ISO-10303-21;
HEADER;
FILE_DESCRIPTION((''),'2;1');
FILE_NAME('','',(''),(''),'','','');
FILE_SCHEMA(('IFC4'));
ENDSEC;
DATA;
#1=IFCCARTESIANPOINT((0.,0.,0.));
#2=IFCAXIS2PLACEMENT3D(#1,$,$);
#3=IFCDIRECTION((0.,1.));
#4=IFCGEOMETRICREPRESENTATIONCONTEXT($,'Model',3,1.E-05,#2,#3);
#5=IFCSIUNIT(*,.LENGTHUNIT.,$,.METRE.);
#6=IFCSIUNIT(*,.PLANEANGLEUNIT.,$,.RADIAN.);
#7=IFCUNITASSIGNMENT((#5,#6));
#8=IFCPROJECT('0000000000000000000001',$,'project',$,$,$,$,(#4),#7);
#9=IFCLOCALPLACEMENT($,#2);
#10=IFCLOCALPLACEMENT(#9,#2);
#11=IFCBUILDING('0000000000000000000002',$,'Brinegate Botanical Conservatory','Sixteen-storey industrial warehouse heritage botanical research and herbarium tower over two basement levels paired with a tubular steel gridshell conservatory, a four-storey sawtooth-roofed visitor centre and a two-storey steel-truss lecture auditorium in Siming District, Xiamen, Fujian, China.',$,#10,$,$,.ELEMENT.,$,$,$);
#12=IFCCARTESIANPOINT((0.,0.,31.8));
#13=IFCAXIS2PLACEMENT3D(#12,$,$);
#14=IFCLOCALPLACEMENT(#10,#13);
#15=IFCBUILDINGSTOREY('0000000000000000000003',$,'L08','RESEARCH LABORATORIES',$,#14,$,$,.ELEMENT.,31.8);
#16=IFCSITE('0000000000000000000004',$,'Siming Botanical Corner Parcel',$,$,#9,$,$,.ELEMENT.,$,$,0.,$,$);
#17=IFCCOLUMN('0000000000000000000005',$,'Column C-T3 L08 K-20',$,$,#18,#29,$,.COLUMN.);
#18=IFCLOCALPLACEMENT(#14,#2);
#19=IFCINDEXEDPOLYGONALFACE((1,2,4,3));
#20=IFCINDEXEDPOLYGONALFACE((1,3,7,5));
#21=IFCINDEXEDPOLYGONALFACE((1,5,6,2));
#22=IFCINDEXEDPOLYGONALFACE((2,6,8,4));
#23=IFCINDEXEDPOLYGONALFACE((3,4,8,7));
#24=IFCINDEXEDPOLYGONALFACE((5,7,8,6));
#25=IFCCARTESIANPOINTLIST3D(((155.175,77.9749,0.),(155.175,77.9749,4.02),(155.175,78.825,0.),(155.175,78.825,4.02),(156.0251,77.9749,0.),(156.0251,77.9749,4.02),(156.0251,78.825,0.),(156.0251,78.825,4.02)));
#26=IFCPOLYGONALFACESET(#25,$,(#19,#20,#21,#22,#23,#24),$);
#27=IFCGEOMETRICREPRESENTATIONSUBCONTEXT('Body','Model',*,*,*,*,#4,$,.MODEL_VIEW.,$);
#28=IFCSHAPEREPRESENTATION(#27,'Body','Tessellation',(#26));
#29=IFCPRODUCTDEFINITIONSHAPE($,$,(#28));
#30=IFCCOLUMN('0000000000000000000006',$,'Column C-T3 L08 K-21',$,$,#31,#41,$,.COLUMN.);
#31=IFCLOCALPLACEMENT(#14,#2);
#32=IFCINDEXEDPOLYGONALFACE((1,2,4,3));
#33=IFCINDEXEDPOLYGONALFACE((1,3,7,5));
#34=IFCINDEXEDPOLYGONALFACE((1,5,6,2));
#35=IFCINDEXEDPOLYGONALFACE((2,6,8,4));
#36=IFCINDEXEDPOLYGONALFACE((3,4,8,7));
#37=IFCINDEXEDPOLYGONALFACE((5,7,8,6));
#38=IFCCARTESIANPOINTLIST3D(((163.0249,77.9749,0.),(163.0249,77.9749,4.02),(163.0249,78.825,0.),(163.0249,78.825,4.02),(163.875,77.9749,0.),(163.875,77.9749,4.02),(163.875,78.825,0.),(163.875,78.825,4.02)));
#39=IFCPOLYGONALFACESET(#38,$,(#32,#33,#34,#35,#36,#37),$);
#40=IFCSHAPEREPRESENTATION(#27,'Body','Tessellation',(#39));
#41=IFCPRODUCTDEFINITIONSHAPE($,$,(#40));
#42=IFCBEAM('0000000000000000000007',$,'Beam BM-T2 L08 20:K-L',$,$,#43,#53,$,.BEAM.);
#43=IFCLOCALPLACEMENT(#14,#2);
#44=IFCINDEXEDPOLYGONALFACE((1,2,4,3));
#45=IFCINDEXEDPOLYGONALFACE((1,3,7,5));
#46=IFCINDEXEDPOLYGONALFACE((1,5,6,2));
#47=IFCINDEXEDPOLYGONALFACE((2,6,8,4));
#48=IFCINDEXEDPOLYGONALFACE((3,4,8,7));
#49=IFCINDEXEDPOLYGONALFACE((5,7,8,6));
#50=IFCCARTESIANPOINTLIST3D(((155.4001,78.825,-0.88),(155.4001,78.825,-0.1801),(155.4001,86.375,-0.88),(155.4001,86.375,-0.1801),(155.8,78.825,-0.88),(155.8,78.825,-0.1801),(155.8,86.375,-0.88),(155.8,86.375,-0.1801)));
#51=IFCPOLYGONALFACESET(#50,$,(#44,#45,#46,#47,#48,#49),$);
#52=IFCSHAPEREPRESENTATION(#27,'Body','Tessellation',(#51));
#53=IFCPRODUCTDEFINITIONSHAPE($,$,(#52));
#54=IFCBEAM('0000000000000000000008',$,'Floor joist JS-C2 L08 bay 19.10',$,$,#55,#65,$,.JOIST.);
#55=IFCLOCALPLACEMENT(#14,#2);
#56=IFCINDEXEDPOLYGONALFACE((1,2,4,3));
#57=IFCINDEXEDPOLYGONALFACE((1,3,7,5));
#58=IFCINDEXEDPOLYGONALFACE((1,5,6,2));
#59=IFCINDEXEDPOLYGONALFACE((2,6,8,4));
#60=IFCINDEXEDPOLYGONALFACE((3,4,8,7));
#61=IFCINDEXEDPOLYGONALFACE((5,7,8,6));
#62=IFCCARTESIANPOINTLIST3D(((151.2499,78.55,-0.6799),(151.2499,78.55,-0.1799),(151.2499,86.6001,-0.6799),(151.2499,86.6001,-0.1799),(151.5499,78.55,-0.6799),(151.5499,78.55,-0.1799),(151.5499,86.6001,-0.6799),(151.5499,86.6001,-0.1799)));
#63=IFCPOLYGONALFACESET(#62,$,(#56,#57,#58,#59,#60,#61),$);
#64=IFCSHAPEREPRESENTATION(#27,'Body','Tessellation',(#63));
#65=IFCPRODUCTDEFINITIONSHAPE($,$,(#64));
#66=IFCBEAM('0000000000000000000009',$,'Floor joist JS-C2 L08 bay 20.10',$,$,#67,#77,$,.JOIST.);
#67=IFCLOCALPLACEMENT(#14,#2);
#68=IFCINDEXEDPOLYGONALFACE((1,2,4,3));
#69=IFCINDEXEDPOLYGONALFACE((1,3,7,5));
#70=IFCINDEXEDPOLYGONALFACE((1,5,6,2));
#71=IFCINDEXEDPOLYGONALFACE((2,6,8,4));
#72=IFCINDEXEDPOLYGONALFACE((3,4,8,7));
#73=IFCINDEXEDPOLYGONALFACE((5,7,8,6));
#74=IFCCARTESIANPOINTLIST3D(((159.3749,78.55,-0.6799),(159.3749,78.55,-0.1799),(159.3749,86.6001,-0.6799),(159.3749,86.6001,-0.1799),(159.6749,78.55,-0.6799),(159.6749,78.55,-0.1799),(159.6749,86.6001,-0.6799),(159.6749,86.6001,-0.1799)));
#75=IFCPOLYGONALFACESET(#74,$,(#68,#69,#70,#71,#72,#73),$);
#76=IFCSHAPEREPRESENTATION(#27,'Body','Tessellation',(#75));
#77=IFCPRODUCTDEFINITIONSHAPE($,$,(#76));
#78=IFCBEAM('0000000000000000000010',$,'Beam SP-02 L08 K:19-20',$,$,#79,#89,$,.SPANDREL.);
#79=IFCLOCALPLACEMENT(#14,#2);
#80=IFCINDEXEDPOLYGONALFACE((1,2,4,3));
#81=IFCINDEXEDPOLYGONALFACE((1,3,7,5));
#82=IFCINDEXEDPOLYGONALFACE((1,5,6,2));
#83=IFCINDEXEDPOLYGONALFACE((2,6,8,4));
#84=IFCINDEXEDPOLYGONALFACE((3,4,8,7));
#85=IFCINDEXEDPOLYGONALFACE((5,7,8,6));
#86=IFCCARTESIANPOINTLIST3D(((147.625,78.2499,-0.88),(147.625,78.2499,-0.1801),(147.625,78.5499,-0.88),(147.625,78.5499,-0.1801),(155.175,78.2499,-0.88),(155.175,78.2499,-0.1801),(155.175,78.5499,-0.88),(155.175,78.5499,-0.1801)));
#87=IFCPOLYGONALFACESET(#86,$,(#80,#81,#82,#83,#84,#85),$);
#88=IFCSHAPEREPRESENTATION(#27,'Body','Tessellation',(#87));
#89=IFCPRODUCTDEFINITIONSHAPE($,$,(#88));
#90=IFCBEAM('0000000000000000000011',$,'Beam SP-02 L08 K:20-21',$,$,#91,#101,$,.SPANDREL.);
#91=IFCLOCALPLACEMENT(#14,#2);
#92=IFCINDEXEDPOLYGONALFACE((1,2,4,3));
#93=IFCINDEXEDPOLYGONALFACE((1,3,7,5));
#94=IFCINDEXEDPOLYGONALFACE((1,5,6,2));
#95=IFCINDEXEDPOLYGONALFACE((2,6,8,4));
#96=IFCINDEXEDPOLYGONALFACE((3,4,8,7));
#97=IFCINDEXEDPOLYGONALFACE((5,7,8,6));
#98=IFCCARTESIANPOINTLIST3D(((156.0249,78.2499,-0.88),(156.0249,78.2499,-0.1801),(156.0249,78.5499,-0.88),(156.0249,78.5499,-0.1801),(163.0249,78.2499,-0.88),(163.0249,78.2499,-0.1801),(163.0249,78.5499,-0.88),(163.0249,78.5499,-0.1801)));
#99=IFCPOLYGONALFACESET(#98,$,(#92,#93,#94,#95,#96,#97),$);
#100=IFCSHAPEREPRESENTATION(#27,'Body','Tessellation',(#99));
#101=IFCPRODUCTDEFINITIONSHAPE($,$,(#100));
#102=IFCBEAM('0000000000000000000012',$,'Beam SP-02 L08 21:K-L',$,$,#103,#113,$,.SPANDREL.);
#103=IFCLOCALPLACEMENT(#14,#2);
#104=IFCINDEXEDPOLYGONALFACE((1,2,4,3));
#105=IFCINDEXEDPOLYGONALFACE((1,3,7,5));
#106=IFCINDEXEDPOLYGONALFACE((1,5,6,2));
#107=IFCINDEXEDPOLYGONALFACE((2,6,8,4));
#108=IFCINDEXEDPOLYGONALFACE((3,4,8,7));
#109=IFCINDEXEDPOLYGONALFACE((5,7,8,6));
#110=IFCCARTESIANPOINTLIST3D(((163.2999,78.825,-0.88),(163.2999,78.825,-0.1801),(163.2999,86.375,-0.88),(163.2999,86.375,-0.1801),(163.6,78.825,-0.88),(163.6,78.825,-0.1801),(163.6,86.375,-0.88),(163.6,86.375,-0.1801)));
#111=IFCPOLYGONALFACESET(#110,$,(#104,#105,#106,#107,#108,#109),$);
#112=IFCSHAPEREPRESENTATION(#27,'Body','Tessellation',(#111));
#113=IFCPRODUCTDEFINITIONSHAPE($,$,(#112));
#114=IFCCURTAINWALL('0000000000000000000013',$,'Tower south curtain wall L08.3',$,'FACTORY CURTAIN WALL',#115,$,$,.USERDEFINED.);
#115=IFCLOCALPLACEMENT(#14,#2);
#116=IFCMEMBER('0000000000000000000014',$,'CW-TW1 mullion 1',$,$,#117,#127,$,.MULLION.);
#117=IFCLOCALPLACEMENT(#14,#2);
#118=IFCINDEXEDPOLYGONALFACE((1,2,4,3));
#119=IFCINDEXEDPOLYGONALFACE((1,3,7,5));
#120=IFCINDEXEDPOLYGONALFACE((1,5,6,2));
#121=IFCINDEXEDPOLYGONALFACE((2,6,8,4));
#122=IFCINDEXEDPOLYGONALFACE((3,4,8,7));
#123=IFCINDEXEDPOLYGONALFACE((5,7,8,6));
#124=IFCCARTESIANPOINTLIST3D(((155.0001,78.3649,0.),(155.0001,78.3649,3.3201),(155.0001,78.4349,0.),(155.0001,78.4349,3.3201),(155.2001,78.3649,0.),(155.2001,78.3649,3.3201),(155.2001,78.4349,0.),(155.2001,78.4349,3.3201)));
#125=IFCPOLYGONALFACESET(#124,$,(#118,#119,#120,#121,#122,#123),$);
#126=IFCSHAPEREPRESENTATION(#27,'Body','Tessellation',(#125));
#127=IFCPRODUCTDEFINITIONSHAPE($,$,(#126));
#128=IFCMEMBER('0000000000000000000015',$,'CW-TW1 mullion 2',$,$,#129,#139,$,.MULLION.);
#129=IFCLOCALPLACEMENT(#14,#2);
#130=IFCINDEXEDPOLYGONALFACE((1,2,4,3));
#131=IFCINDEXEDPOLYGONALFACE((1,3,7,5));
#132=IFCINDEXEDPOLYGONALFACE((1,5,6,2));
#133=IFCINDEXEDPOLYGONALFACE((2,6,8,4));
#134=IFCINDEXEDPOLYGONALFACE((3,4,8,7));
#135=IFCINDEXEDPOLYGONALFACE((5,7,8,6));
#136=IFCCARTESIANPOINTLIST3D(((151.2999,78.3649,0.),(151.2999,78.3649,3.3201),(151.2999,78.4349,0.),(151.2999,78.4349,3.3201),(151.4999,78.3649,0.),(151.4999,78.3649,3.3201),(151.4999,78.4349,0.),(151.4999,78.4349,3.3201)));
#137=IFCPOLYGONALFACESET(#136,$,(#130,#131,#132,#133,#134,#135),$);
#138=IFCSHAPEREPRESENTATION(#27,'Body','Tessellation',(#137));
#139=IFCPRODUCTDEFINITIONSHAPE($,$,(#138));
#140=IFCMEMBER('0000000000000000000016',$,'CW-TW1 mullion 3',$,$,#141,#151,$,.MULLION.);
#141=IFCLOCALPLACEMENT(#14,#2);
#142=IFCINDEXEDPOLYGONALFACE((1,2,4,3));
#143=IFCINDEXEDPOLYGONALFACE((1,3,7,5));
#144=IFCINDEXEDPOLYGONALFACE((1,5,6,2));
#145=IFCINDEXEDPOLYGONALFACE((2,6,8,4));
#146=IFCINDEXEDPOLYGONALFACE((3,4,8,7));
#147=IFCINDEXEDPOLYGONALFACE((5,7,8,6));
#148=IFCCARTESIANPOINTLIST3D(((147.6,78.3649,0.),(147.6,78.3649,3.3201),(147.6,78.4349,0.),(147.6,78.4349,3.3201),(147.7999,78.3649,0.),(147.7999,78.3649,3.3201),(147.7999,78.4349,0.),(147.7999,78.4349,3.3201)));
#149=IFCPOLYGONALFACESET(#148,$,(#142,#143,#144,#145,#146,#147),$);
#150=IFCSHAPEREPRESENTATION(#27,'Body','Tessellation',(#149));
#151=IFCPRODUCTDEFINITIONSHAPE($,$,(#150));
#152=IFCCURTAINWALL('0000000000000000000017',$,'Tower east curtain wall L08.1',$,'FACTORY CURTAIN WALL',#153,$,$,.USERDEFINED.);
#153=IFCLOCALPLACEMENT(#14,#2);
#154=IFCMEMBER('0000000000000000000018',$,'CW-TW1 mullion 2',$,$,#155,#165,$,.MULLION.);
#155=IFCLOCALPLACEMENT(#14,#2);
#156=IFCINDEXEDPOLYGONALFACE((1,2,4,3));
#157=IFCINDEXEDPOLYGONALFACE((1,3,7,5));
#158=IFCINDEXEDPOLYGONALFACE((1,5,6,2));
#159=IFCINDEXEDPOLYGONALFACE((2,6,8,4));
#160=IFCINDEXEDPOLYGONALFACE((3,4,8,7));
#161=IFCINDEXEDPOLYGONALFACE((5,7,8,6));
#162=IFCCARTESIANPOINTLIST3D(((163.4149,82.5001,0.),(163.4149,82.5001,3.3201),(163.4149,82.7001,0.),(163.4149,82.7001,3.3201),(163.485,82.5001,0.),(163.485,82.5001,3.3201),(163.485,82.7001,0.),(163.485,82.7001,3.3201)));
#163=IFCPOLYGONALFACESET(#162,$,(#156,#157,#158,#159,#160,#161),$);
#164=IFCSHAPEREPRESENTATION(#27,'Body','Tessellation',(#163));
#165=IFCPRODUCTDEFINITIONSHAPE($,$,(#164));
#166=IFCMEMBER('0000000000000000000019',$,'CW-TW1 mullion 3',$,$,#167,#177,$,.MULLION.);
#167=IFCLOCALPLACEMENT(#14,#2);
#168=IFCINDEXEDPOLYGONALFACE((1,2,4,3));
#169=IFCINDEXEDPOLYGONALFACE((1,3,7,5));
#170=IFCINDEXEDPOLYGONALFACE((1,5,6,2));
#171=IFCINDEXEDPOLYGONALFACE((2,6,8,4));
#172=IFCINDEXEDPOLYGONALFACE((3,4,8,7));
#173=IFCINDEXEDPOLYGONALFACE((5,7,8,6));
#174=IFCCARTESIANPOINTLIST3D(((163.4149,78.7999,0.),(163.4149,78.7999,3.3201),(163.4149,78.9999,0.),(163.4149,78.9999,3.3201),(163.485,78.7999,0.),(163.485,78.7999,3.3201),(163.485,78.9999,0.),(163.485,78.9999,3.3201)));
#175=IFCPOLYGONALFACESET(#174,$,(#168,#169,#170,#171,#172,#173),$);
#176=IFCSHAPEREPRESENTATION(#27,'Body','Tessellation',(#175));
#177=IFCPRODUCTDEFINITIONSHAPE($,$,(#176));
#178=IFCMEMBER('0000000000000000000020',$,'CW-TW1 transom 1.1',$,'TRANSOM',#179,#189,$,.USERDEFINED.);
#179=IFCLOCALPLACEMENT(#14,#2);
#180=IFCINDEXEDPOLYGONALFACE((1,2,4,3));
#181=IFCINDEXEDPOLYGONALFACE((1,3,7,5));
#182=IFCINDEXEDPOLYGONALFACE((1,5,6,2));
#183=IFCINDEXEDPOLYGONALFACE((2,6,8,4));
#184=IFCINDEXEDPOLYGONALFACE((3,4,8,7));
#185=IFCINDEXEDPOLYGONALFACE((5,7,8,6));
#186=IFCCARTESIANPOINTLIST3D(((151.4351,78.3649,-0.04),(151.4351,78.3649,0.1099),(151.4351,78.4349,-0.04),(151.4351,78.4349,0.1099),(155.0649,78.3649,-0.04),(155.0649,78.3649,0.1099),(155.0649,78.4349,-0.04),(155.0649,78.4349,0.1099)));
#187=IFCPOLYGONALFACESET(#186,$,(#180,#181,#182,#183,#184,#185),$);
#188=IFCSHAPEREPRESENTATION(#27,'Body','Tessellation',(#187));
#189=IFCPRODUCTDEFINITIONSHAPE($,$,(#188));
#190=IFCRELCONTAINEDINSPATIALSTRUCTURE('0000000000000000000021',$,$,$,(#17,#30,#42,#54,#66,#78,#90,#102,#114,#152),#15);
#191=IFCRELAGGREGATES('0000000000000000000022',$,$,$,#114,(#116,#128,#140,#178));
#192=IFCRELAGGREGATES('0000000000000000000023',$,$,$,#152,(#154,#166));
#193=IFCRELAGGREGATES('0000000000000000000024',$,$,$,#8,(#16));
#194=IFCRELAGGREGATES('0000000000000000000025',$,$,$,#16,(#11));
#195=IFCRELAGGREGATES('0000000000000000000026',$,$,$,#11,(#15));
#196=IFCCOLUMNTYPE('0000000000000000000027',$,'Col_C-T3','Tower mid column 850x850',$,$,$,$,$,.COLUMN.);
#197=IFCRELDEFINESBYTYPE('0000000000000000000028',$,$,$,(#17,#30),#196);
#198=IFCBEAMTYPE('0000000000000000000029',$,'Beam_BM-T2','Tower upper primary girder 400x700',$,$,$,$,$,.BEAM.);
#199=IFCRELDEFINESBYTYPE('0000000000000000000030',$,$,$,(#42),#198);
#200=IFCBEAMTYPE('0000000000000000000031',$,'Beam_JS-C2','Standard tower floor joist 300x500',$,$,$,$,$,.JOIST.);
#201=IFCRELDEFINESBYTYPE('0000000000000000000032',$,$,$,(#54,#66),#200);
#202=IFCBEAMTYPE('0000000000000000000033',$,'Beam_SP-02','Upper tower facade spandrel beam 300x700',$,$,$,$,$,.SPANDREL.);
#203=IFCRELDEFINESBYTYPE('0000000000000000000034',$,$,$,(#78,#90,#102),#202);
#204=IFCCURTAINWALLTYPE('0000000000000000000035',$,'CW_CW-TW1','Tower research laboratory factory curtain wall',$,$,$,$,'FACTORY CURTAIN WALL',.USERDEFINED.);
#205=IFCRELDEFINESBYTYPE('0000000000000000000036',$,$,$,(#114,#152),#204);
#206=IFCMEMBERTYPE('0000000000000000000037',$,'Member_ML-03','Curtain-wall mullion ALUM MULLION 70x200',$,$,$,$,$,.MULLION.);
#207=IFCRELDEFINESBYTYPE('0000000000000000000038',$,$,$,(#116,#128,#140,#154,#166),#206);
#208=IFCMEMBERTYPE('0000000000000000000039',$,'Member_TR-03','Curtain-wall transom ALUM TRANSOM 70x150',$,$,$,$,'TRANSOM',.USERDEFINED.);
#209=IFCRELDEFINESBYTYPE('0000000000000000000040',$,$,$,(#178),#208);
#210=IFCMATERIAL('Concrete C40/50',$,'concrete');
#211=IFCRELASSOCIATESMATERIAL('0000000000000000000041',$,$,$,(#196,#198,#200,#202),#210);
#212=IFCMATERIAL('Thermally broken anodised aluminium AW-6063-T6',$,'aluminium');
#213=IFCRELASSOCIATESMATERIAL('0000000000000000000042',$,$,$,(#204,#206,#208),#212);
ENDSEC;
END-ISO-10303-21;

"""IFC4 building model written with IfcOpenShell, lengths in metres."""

from ifc_helpers import new_model, si_unit, direction, frame, origin, origin_2d, place, context, subcontext, project, spatial, rectangle, extrude, material, material_profile, profile_set, type_object, element, aggregate, save


model = new_model("IFC4")

# Units and contexts
model_context = context("Model", 3, precision=1e-05, world=origin(), true_north=direction((0.0, 1.0)))
body_context = subcontext(model_context, "Body", "Model", "MODEL_VIEW")
ifc_project = project(units=[si_unit("LENGTHUNIT", "METRE"), si_unit("PLANEANGLEUNIT", "RADIAN")], contexts=[model_context])

# Site, building, storey
site_placement = place(None, origin())
site = spatial("IfcSite", under=ifc_project, at=site_placement, Name="Siming Botanical Corner Parcel", CompositionType="ELEMENT", RefElevation=0.0)
building_placement = place(site_placement, origin())
building = spatial("IfcBuilding", under=site, at=building_placement, Name="Brinegate Botanical Conservatory", Description="Sixteen-storey industrial warehouse heritage botanical research and herbarium tower over two basement levels paired with a tubular steel gridshell conservatory, a four-storey sawtooth-roofed visitor centre and a two-storey steel-truss lecture auditorium in Siming District, Xiamen, Fujian, China.", CompositionType="ELEMENT")
storey_placement = place(building_placement, frame((0.0, 0.0, 31.8)))
storey = spatial("IfcBuildingStorey", under=building, at=storey_placement, Name="L08", Description="RESEARCH LABORATORIES", CompositionType="ELEMENT", Elevation=31.8)

# Columns
ifc_material_1 = material(Name="Concrete C40/50", Category="concrete")
ifc_material_profile_1 = material_profile(ifc_material_1, rectangle(XDim=0.8501, YDim=0.8501, at=origin_2d()), Name="RC COL 850x850")
ifc_profile_set_1 = profile_set([ifc_material_profile_1], Name="Concrete C40/50")
column_type = type_object("IfcColumnType", Name="Col_C-T3", Description="Tower mid column 850x850", PredefinedType="COLUMN", material=ifc_profile_set_1)
for number, where, z_axis, x_axis, name in (
    (1, (155.6001, 78.3999, 0.0), (0.0, 0.0, 1.0), (1.0, 0.0, 0.0), "Column C-T3 L08 K-20"),
    (2, (163.45, 78.3999, 0.0), (0.0, 0.0, 1.0), (1.0, 0.0, 0.0), "Column C-T3 L08 K-21"),
):
    element("IfcColumn", number, at=place(storey_placement, frame(where, z_axis=z_axis, x_axis=x_axis)), inside=storey, type_object=column_type, Name=name, PredefinedType="COLUMN", context=body_context, shape_type="SweptSolid", body=[
        extrude(rectangle(XDim=0.8501, YDim=0.8501, at=origin_2d()), origin(), (0.0, 0.0, 1.0), 4.02),
    ])

# Beams
ifc_material_profile_2 = material_profile(ifc_material_1, rectangle(XDim=0.3999, YDim=0.7, at=origin_2d()), Name="RC BM 400x700")
ifc_profile_set_2 = profile_set([ifc_material_profile_2], Name="Concrete C40/50")
beam_type_1 = type_object("IfcBeamType", Name="Beam_BM-T2", Description="Tower upper primary girder 400x700", PredefinedType="BEAM", material=ifc_profile_set_2)
beam_1_placement = place(storey_placement, frame((155.6001, 78.825, -0.53), z_axis=(0.0, 1.0, 0.0), x_axis=(-1.0, 0.0, 0.0)))
element("IfcBeam", 3, at=beam_1_placement, inside=storey, type_object=beam_type_1, Name="Beam BM-T2 L08 20:K-L", PredefinedType="BEAM", context=body_context, shape_type="SweptSolid", body=[
    extrude(rectangle(XDim=0.3999, YDim=0.7, at=origin_2d()), origin(), (0.0, 0.0, 1.0), 7.55),
])
ifc_material_profile_3 = material_profile(ifc_material_1, rectangle(XDim=0.3, YDim=0.5, at=origin_2d()), Name="RC JST 300x500")
ifc_profile_set_3 = profile_set([ifc_material_profile_3], Name="Concrete C40/50")
beam_type_2 = type_object("IfcBeamType", Name="Beam_JS-C2", Description="Standard tower floor joist 300x500", PredefinedType="JOIST", material=ifc_profile_set_3)
for number, where, z_axis, x_axis, name in (
    (4, (151.3999, 78.55, -0.4299), (0.0, 1.0, 0.0), (-1.0, 0.0, 0.0), "Floor joist JS-C2 L08 bay 19.10"),
    (5, (159.5249, 78.55, -0.4299), (0.0, 1.0, 0.0), (-1.0, 0.0, 0.0), "Floor joist JS-C2 L08 bay 20.10"),
):
    element("IfcBeam", number, at=place(storey_placement, frame(where, z_axis=z_axis, x_axis=x_axis)), inside=storey, type_object=beam_type_2, Name=name, PredefinedType="JOIST", context=body_context, shape_type="SweptSolid", body=[
        extrude(rectangle(XDim=0.3, YDim=0.5, at=origin_2d()), origin(), (0.0, 0.0, 1.0), 8.05),
    ])
ifc_material_profile_4 = material_profile(ifc_material_1, rectangle(XDim=0.3, YDim=0.7, at=origin_2d()), Name="RC SPN 300x700")
ifc_profile_set_4 = profile_set([ifc_material_profile_4], Name="Concrete C40/50")
beam_type_3 = type_object("IfcBeamType", Name="Beam_SP-02", Description="Upper tower facade spandrel beam 300x700", PredefinedType="SPANDREL", material=ifc_profile_set_4)
beam_2_placement = place(storey_placement, frame((147.625, 78.3999, -0.53), z_axis=(1.0, 0.0, 0.0), x_axis=(0.0, 1.0, 0.0)))
element("IfcBeam", 6, at=beam_2_placement, inside=storey, type_object=beam_type_3, Name="Beam SP-02 L08 K:19-20", PredefinedType="SPANDREL", context=body_context, shape_type="SweptSolid", body=[
    extrude(rectangle(XDim=0.3, YDim=0.7, at=origin_2d()), origin(), (0.0, 0.0, 1.0), 7.55),
])
beam_3_placement = place(storey_placement, frame((156.0249, 78.3999, -0.53), z_axis=(1.0, 0.0, 0.0), x_axis=(0.0, 1.0, 0.0)))
element("IfcBeam", 7, at=beam_3_placement, inside=storey, type_object=beam_type_3, Name="Beam SP-02 L08 K:20-21", PredefinedType="SPANDREL", context=body_context, shape_type="SweptSolid", body=[
    extrude(rectangle(XDim=0.3, YDim=0.7, at=origin_2d()), origin(), (0.0, 0.0, 1.0), 7.0),
])
beam_4_placement = place(storey_placement, frame((163.45, 78.825, -0.53), z_axis=(0.0, 1.0, 0.0), x_axis=(-1.0, 0.0, 0.0)))
element("IfcBeam", 8, at=beam_4_placement, inside=storey, type_object=beam_type_3, Name="Beam SP-02 L08 21:K-L", PredefinedType="SPANDREL", context=body_context, shape_type="SweptSolid", body=[
    extrude(rectangle(XDim=0.3, YDim=0.7, at=origin_2d()), origin(), (0.0, 0.0, 1.0), 7.55),
])

# Curtain walls, members
ifc_material_2 = material(Name="Thermally broken anodised aluminium AW-6063-T6", Category="aluminium")
curtain_wall_type = type_object("IfcCurtainWallType", Name="CW_CW-TW1", Description="Tower research laboratory factory curtain wall", ElementType="FACTORY CURTAIN WALL", PredefinedType="USERDEFINED", material=ifc_material_2)
curtain_wall_1_placement = place(storey_placement, origin())
curtain_wall_1 = element("IfcCurtainWall", 9, at=curtain_wall_1_placement, inside=storey, type_object=curtain_wall_type, Name="Tower south curtain wall L08.3", ObjectType="FACTORY CURTAIN WALL", PredefinedType="USERDEFINED")
ifc_material_profile_5 = material_profile(ifc_material_2, rectangle(XDim=0.0701, YDim=0.2, at=origin_2d()), Name="ALUM MULLION 70x200")
ifc_profile_set_5 = profile_set([ifc_material_profile_5], Name="Thermally broken anodised aluminium AW-6063-T6")
member_type_1 = type_object("IfcMemberType", Name="Member_ML-03", Description="Curtain-wall mullion ALUM MULLION 70x200", PredefinedType="MULLION", material=ifc_profile_set_5)
member_1_placement = place(storey_placement, frame((155.1001, 78.3999, 0.0), z_axis=(0.0, 0.0, 1.0), x_axis=(0.0, -1.0, 0.0)))
member_1 = element("IfcMember", 10, at=member_1_placement, type_object=member_type_1, Name="CW-TW1 mullion 1", PredefinedType="MULLION", context=body_context, shape_type="SweptSolid", body=[
    extrude(rectangle(XDim=0.0701, YDim=0.2, at=origin_2d()), origin(), (0.0, 0.0, 1.0), 3.3201),
])
member_2_placement = place(storey_placement, frame((151.3999, 78.3999, 0.0), z_axis=(0.0, 0.0, 1.0), x_axis=(0.0, -1.0, 0.0)))
member_2 = element("IfcMember", 11, at=member_2_placement, type_object=member_type_1, Name="CW-TW1 mullion 2", PredefinedType="MULLION", context=body_context, shape_type="SweptSolid", body=[
    extrude(rectangle(XDim=0.0701, YDim=0.2, at=origin_2d()), origin(), (0.0, 0.0, 1.0), 3.3201),
])
member_3_placement = place(storey_placement, frame((147.7, 78.3999, 0.0), z_axis=(0.0, 0.0, 1.0), x_axis=(0.0, -1.0, 0.0)))
member_3 = element("IfcMember", 12, at=member_3_placement, type_object=member_type_1, Name="CW-TW1 mullion 3", PredefinedType="MULLION", context=body_context, shape_type="SweptSolid", body=[
    extrude(rectangle(XDim=0.0701, YDim=0.2, at=origin_2d()), origin(), (0.0, 0.0, 1.0), 3.3201),
])
curtain_wall_2_placement = place(storey_placement, origin())
curtain_wall_2 = element("IfcCurtainWall", 13, at=curtain_wall_2_placement, inside=storey, type_object=curtain_wall_type, Name="Tower east curtain wall L08.1", ObjectType="FACTORY CURTAIN WALL", PredefinedType="USERDEFINED")
member_4_placement = place(storey_placement, frame((163.45, 82.6001, 0.0), z_axis=(0.0, 0.0, 1.0), x_axis=(1.0, 0.0, 0.0)))
member_4 = element("IfcMember", 14, at=member_4_placement, type_object=member_type_1, Name="CW-TW1 mullion 2", PredefinedType="MULLION", context=body_context, shape_type="SweptSolid", body=[
    extrude(rectangle(XDim=0.0701, YDim=0.2, at=origin_2d()), origin(), (0.0, 0.0, 1.0), 3.3201),
])
member_5_placement = place(storey_placement, frame((163.45, 78.8999, 0.0), z_axis=(0.0, 0.0, 1.0), x_axis=(1.0, 0.0, 0.0)))
member_5 = element("IfcMember", 15, at=member_5_placement, type_object=member_type_1, Name="CW-TW1 mullion 3", PredefinedType="MULLION", context=body_context, shape_type="SweptSolid", body=[
    extrude(rectangle(XDim=0.0701, YDim=0.2, at=origin_2d()), origin(), (0.0, 0.0, 1.0), 3.3201),
])

# Member
ifc_material_profile_6 = material_profile(ifc_material_2, rectangle(XDim=0.0701, YDim=0.1499, at=origin_2d()), Name="ALUM TRANSOM 70x150")
ifc_profile_set_6 = profile_set([ifc_material_profile_6], Name="Thermally broken anodised aluminium AW-6063-T6")
member_type_2 = type_object("IfcMemberType", Name="Member_TR-03", Description="Curtain-wall transom ALUM TRANSOM 70x150", ElementType="TRANSOM", PredefinedType="USERDEFINED", material=ifc_profile_set_6)
member_6_placement = place(storey_placement, frame((155.0649, 78.3999, 0.0349), z_axis=(-1.0, 0.0, 0.0), x_axis=(0.0, -1.0, 0.0)))
member_6 = element("IfcMember", 16, at=member_6_placement, type_object=member_type_2, Name="CW-TW1 transom 1.1", ObjectType="TRANSOM", PredefinedType="USERDEFINED", context=body_context, shape_type="SweptSolid", body=[
    extrude(rectangle(XDim=0.0701, YDim=0.1499, at=origin_2d()), origin(), (0.0, 0.0, 1.0), 3.6299),
])

aggregate(curtain_wall_1, [member_1, member_2, member_3, member_6])
aggregate(curtain_wall_2, [member_4, member_5])

save(model, "model.ifc")
